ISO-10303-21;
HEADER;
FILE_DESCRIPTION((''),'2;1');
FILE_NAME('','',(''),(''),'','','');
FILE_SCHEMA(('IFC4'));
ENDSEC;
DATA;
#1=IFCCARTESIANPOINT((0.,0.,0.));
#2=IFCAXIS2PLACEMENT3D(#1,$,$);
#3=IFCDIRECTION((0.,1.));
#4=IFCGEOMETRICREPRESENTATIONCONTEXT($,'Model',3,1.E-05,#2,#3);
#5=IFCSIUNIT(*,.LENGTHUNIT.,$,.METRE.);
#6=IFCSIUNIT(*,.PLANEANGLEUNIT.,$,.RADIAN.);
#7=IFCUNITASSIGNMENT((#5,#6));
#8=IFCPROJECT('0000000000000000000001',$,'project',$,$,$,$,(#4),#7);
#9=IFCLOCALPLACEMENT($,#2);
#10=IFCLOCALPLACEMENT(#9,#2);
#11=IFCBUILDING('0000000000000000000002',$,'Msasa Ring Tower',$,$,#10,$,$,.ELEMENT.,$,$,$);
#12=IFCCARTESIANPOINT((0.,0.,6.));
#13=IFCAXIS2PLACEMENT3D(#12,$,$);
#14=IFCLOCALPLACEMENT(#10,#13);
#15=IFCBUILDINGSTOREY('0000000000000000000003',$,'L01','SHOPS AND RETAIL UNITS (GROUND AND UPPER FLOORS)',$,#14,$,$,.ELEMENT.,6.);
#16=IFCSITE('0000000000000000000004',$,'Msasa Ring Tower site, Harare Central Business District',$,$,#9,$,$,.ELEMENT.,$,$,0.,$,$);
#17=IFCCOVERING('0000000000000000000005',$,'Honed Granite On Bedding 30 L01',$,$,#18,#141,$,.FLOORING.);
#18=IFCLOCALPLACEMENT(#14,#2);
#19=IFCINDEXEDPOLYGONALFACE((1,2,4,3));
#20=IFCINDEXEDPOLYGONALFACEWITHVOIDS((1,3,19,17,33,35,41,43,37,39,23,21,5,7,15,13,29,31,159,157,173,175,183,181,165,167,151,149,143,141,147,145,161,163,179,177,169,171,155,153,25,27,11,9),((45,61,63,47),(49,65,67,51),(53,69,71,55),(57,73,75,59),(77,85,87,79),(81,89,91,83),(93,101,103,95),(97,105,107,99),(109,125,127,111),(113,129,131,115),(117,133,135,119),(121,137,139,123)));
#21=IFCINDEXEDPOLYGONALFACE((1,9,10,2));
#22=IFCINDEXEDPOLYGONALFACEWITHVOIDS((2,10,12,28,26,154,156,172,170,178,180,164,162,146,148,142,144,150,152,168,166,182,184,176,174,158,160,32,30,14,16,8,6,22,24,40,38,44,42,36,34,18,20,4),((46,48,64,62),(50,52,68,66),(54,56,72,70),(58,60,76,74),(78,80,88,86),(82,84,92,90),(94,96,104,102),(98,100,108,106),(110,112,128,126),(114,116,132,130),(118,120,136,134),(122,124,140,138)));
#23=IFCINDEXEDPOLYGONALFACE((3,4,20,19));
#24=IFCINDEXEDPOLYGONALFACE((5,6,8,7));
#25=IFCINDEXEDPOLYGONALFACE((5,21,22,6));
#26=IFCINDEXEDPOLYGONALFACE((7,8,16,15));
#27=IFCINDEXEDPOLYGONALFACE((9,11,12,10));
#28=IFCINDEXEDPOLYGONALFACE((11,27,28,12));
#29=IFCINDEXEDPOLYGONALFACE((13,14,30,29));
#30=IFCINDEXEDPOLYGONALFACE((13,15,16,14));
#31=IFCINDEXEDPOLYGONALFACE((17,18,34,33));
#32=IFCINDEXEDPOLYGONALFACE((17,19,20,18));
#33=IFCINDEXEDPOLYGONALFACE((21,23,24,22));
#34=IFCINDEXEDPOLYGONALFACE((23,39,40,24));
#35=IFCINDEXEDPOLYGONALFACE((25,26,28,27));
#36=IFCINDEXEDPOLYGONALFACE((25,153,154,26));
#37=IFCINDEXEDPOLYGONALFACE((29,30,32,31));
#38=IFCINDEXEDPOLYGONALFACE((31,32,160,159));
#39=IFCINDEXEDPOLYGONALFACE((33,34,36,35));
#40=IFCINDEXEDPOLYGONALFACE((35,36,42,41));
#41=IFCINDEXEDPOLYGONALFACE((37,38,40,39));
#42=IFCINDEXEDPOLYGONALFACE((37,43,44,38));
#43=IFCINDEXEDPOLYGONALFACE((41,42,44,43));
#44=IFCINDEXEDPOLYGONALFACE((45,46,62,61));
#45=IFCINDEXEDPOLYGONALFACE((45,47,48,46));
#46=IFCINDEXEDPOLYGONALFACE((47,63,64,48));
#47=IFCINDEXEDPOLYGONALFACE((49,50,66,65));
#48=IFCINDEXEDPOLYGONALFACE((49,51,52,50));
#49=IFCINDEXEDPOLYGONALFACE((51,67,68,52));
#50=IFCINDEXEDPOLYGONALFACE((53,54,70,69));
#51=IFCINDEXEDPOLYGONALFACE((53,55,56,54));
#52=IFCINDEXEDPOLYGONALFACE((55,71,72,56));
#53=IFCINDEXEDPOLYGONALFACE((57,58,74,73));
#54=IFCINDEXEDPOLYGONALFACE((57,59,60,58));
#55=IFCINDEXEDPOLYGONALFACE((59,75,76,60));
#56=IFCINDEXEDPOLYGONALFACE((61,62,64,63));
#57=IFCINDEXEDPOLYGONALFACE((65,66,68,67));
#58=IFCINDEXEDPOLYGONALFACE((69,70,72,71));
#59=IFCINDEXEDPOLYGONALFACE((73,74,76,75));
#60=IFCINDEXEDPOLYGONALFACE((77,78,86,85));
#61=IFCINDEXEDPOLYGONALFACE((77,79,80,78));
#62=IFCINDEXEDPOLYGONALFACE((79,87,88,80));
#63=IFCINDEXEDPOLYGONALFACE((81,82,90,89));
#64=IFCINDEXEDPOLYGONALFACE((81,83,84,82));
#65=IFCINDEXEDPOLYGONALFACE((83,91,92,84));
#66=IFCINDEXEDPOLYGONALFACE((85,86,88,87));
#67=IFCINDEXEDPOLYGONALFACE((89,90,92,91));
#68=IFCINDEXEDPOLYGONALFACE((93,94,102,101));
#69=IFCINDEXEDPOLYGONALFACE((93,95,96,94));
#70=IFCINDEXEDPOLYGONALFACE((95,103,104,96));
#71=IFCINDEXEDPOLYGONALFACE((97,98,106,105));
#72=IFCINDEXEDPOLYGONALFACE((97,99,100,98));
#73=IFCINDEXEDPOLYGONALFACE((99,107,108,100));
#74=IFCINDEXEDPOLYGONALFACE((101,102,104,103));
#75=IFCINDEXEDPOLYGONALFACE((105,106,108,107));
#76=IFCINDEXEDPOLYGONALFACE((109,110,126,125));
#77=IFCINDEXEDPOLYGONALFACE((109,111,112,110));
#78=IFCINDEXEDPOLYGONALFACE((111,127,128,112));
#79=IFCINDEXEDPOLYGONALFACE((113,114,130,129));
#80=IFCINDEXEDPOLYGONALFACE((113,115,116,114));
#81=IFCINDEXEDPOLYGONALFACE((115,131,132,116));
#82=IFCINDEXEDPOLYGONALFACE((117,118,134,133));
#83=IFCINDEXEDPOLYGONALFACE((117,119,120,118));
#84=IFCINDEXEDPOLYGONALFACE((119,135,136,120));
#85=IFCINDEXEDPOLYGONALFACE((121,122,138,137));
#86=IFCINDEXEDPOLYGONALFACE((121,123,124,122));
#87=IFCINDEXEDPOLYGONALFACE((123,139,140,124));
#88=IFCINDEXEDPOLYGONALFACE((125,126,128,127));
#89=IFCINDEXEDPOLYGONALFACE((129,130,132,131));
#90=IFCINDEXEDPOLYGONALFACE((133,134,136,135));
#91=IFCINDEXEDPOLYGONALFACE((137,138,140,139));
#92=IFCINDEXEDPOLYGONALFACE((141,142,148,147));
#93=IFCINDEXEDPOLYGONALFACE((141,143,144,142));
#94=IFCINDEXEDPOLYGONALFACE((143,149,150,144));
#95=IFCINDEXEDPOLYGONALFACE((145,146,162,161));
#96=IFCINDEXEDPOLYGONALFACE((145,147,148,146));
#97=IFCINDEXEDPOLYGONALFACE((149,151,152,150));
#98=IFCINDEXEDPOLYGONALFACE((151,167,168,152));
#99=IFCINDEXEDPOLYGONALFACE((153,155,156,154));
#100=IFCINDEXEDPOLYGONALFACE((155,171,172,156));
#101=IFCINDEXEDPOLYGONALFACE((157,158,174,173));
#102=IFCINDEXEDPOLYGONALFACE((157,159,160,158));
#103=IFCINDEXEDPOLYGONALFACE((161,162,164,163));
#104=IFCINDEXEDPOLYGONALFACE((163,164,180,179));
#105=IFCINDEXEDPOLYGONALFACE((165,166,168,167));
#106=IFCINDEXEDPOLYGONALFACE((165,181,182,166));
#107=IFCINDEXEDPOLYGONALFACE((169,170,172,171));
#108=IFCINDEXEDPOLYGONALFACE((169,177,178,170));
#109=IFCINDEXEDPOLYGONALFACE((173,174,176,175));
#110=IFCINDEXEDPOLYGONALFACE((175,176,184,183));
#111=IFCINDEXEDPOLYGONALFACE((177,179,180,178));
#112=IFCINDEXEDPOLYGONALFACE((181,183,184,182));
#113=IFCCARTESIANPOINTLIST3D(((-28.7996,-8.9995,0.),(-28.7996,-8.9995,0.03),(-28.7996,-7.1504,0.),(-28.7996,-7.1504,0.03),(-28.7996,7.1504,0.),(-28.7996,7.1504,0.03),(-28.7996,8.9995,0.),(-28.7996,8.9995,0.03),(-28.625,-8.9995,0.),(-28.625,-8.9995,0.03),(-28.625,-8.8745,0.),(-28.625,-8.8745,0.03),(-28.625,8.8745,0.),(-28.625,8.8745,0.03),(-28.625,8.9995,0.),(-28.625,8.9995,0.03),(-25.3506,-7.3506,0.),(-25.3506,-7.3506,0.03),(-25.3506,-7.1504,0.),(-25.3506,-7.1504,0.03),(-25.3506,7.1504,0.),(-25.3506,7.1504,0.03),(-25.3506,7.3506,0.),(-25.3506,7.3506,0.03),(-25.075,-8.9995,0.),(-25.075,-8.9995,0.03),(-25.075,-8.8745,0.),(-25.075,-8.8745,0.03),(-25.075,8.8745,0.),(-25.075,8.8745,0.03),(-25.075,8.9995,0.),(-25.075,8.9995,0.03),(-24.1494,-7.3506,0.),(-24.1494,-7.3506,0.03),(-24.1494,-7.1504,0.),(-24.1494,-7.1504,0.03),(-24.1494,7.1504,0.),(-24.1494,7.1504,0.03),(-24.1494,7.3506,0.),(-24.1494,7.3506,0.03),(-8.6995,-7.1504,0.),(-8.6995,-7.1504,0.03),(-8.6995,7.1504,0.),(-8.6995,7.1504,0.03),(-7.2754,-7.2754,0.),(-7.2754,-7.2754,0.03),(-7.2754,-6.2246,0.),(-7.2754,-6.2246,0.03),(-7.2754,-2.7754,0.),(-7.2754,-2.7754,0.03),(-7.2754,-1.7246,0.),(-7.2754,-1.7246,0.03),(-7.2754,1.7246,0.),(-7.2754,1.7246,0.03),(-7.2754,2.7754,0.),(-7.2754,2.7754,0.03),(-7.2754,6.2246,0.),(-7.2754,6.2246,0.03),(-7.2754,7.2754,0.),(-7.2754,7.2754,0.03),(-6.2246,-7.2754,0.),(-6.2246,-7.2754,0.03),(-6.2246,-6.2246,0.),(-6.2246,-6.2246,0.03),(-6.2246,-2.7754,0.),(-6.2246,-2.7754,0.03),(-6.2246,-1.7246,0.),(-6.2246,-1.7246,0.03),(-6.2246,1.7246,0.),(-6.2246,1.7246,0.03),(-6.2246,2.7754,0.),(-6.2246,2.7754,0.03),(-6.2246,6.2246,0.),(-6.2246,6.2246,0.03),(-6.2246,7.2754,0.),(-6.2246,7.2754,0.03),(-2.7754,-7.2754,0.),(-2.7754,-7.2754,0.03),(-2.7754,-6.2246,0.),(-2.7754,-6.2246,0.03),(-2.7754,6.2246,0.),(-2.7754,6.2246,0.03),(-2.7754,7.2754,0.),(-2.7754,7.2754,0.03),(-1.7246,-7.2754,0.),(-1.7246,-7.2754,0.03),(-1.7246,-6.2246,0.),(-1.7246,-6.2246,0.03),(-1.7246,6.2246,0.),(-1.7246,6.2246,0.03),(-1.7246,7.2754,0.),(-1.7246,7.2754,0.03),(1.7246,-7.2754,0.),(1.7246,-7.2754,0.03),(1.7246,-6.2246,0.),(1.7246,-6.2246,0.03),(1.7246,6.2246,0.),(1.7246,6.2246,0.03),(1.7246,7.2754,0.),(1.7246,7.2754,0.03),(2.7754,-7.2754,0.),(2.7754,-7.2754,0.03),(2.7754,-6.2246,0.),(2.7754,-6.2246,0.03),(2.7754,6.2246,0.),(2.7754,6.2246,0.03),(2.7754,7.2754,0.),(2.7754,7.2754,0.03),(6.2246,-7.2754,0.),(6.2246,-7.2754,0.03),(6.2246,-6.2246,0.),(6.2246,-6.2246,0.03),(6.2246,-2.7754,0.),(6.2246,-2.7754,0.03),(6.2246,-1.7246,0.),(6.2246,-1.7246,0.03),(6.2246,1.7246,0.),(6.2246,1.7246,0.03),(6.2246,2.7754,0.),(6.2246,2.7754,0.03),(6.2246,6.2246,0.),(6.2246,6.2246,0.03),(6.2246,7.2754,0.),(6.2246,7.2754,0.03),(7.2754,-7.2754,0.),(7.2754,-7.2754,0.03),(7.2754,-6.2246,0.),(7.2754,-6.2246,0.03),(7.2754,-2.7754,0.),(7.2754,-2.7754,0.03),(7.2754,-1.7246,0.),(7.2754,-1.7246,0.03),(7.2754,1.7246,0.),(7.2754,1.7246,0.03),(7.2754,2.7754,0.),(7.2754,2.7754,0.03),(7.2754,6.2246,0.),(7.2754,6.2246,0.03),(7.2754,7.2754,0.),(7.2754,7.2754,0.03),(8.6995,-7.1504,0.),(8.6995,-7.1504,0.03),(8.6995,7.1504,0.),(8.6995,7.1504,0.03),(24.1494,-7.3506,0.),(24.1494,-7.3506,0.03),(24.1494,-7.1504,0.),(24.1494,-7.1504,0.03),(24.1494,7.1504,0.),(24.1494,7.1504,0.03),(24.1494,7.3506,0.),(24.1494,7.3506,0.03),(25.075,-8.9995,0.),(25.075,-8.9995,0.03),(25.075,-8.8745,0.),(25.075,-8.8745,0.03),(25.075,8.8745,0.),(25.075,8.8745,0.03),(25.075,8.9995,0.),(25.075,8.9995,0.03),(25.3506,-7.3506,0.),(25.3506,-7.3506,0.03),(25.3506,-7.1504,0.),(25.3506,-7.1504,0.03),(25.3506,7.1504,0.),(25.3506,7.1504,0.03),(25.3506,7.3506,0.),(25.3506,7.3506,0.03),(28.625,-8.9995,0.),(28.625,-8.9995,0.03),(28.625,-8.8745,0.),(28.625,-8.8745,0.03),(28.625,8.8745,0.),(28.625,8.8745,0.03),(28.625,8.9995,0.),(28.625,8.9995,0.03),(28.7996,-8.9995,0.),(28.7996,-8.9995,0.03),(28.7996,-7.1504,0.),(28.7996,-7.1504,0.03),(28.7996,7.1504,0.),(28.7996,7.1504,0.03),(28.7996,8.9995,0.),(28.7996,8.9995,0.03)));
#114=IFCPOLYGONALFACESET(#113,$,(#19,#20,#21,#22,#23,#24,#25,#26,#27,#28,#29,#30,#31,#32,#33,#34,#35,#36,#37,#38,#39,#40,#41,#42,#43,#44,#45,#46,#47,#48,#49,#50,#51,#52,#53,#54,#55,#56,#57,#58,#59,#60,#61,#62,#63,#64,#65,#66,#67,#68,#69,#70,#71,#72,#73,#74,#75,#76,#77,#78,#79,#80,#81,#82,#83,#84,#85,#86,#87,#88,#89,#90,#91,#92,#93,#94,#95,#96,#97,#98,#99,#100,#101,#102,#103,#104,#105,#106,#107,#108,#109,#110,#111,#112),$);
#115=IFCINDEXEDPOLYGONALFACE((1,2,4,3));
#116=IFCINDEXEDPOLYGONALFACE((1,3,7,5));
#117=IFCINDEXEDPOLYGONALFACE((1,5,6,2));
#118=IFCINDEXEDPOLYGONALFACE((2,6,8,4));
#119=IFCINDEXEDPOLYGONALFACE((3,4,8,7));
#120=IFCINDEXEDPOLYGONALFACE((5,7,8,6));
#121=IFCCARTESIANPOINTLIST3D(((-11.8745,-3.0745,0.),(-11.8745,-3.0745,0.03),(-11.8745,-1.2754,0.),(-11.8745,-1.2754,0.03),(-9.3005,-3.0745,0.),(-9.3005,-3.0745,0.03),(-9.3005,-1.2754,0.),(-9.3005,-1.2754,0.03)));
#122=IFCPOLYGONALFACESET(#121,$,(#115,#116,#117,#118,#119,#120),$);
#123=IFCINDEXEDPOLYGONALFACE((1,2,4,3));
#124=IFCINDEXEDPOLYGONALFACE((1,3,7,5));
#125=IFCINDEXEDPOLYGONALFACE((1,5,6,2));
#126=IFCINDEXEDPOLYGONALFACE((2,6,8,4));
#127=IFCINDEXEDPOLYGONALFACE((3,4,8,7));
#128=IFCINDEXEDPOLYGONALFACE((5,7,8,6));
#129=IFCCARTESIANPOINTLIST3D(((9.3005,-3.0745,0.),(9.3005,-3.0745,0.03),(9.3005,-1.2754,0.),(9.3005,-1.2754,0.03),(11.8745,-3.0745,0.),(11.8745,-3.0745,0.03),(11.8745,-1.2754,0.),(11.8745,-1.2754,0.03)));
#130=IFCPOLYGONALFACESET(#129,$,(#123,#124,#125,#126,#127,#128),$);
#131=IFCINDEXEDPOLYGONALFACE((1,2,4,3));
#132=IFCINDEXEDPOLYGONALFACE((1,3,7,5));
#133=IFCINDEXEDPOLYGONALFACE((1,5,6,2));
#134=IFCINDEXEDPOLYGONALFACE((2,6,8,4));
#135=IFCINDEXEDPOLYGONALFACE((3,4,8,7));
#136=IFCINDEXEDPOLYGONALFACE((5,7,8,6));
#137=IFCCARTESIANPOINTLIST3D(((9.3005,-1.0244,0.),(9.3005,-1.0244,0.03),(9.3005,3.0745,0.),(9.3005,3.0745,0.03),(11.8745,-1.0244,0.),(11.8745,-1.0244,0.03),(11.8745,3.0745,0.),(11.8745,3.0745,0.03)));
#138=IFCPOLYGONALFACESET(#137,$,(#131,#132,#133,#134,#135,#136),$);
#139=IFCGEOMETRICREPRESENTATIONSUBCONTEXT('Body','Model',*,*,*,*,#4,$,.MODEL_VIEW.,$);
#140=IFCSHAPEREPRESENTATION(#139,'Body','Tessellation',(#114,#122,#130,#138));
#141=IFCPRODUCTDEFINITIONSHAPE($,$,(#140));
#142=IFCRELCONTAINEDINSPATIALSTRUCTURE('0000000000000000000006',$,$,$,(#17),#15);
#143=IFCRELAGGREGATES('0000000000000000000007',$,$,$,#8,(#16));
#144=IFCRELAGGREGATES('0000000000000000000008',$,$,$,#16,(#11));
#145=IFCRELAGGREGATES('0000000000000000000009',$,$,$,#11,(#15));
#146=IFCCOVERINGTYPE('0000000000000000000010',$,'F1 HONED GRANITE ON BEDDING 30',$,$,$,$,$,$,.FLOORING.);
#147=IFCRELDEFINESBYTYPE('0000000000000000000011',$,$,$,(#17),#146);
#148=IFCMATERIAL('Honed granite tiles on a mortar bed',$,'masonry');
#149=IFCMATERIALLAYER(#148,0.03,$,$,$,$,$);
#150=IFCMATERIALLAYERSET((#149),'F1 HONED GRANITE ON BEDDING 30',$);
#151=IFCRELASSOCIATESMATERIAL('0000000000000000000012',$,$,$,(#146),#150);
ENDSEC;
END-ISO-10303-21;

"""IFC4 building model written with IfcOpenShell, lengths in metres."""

from ifc_helpers import new_model, si_unit, direction, frame, origin, place, context, subcontext, project, spatial, line, indexed_curve, outline, extrude, material, layer, layer_set, type_object, element, save


model = new_model("IFC4")

# Units and contexts
model_context = context("Model", 3, precision=1e-05, world=origin(), true_north=direction((0.0, 1.0)))
body_context = subcontext(model_context, "Body", "Model", "MODEL_VIEW")
ifc_project = project(units=[si_unit("LENGTHUNIT", "METRE"), si_unit("PLANEANGLEUNIT", "RADIAN")], contexts=[model_context])

# Site, building, storey
site_placement = place(None, origin())
site = spatial("IfcSite", under=ifc_project, at=site_placement, Name="Msasa Ring Tower site, Harare Central Business District", CompositionType="ELEMENT", RefElevation=0.0)
building_placement = place(site_placement, origin())
building = spatial("IfcBuilding", under=site, at=building_placement, Name="Msasa Ring Tower", CompositionType="ELEMENT")
storey_placement = place(building_placement, frame((0.0, 0.0, 6.0)))
storey = spatial("IfcBuildingStorey", under=building, at=storey_placement, Name="L01", Description="SHOPS AND RETAIL UNITS (GROUND AND UPPER FLOORS)", CompositionType="ELEMENT", Elevation=6.0)

# Covering
ifc_material_1 = material(Name="Honed granite tiles on a mortar bed", Category="masonry")
ifc_layer_1 = layer(ifc_material_1, 0.03)
ifc_layer_set_1 = layer_set([ifc_layer_1], Name="F1 HONED GRANITE ON BEDDING 30")
covering_type_1 = type_object("IfcCoveringType", Name="F1 HONED GRANITE ON BEDDING 30", PredefinedType="FLOORING", material=ifc_layer_set_1)
covering_1_placement = place(storey_placement, origin())
element("IfcCovering", 1, at=covering_1_placement, inside=storey, type_object=covering_type_1, Name="Honed Granite On Bedding 30 L01", PredefinedType="FLOORING", context=body_context, shape_type="SweptSolid", body=[
    extrude(outline(indexed_curve([(-8.6995, 7.1504), (-24.1494, 7.1504), (-24.1494, 7.3506), (-25.3506, 7.3506), (-25.3506, 7.1504), (-28.7996, 7.1504), (-28.7996, 8.9995), (-28.625, 8.9995), (-28.625, 8.8745), (-25.075, 8.8745), (-25.075, 8.9995), (25.075, 8.9995), (25.075, 8.8745), (28.625, 8.8745), (28.625, 8.9995), (28.7996, 8.9995), (28.7996, 7.1504), (25.3506, 7.1504), (25.3506, 7.3506), (24.1494, 7.3506), (24.1494, 7.1504), (8.6995, 7.1504), (8.6995, -7.1504), (24.1494, -7.1504), (24.1494, -7.3506), (25.3506, -7.3506), (25.3506, -7.1504), (28.7996, -7.1504), (28.7996, -8.9995), (28.625, -8.9995), (28.625, -8.8745), (25.075, -8.8745), (25.075, -8.9995), (-25.075, -8.9995), (-25.075, -8.8745), (-28.625, -8.8745), (-28.625, -8.9995), (-28.7996, -8.9995), (-28.7996, -7.1504), (-25.3506, -7.1504), (-25.3506, -7.3506), (-24.1494, -7.3506), (-24.1494, -7.1504), (-8.6995, -7.1504)], segments=[line(1, 2, 3, 4, 5, 6, 7, 8, 9, 10, 11, 12, 13, 14, 15, 16, 17, 18, 19, 20, 21, 22, 23, 24, 25, 26, 27, 28, 29, 30, 31, 32, 33, 34, 35, 36, 37, 38, 39, 40, 41, 42, 43, 44, 1)], self_intersect=False), holes=[indexed_curve([(-6.2246, -7.2754), (-6.2246, -6.2246), (-7.2754, -6.2246), (-7.2754, -7.2754)], segments=[line(1, 2, 3, 4, 1)], self_intersect=False), indexed_curve([(-1.7246, -7.2754), (-1.7246, -6.2246), (-2.7754, -6.2246), (-2.7754, -7.2754)], segments=[line(1, 2, 3, 4, 1)], self_intersect=False), indexed_curve([(-6.2246, -2.7754), (-6.2246, -1.7246), (-7.2754, -1.7246), (-7.2754, -2.7754)], segments=[line(1, 2, 3, 4, 1)], self_intersect=False), indexed_curve([(-6.2246, 1.7246), (-6.2246, 2.7754), (-7.2754, 2.7754), (-7.2754, 1.7246)], segments=[line(1, 2, 3, 4, 1)], self_intersect=False), indexed_curve([(-6.2246, 6.2246), (-6.2246, 7.2754), (-7.2754, 7.2754), (-7.2754, 6.2246)], segments=[line(1, 2, 3, 4, 1)], self_intersect=False), indexed_curve([(-1.7246, 6.2246), (-1.7246, 7.2754), (-2.7754, 7.2754), (-2.7754, 6.2246)], segments=[line(1, 2, 3, 4, 1)], self_intersect=False), indexed_curve([(2.7754, -7.2754), (2.7754, -6.2246), (1.7246, -6.2246), (1.7246, -7.2754)], segments=[line(1, 2, 3, 4, 1)], self_intersect=False), indexed_curve([(7.2754, -7.2754), (7.2754, -6.2246), (6.2246, -6.2246), (6.2246, -7.2754)], segments=[line(1, 2, 3, 4, 1)], self_intersect=False), indexed_curve([(7.2754, -2.7754), (7.2754, -1.7246), (6.2246, -1.7246), (6.2246, -2.7754)], segments=[line(1, 2, 3, 4, 1)], self_intersect=False), indexed_curve([(7.2754, 1.7246), (7.2754, 2.7754), (6.2246, 2.7754), (6.2246, 1.7246)], segments=[line(1, 2, 3, 4, 1)], self_intersect=False), indexed_curve([(2.7754, 6.2246), (2.7754, 7.2754), (1.7246, 7.2754), (1.7246, 6.2246)], segments=[line(1, 2, 3, 4, 1)], self_intersect=False), indexed_curve([(7.2754, 6.2246), (7.2754, 7.2754), (6.2246, 7.2754), (6.2246, 6.2246)], segments=[line(1, 2, 3, 4, 1)], self_intersect=False)]), origin(), (0.0, 0.0, 1.0), 0.03),
    extrude(outline(indexed_curve([(-11.8745, -3.0745), (-11.8745, -1.2754), (-9.3005, -1.2754), (-9.3005, -3.0745)], segments=[line(1, 2, 3, 4, 1)], self_intersect=False)), origin(), (0.0, 0.0, 1.0), 0.03),
    extrude(outline(indexed_curve([(9.3005, -3.0745), (9.3005, -1.2754), (11.8745, -1.2754), (11.8745, -3.0745)], segments=[line(1, 2, 3, 4, 1)], self_intersect=False)), origin(), (0.0, 0.0, 1.0), 0.03),
    extrude(outline(indexed_curve([(9.3005, -1.0244), (9.3005, 3.0745), (11.8745, 3.0745), (11.8745, -1.0244)], segments=[line(1, 2, 3, 4, 1)], self_intersect=False)), origin(), (0.0, 0.0, 1.0), 0.03),
])

save(model, "model.ifc")
